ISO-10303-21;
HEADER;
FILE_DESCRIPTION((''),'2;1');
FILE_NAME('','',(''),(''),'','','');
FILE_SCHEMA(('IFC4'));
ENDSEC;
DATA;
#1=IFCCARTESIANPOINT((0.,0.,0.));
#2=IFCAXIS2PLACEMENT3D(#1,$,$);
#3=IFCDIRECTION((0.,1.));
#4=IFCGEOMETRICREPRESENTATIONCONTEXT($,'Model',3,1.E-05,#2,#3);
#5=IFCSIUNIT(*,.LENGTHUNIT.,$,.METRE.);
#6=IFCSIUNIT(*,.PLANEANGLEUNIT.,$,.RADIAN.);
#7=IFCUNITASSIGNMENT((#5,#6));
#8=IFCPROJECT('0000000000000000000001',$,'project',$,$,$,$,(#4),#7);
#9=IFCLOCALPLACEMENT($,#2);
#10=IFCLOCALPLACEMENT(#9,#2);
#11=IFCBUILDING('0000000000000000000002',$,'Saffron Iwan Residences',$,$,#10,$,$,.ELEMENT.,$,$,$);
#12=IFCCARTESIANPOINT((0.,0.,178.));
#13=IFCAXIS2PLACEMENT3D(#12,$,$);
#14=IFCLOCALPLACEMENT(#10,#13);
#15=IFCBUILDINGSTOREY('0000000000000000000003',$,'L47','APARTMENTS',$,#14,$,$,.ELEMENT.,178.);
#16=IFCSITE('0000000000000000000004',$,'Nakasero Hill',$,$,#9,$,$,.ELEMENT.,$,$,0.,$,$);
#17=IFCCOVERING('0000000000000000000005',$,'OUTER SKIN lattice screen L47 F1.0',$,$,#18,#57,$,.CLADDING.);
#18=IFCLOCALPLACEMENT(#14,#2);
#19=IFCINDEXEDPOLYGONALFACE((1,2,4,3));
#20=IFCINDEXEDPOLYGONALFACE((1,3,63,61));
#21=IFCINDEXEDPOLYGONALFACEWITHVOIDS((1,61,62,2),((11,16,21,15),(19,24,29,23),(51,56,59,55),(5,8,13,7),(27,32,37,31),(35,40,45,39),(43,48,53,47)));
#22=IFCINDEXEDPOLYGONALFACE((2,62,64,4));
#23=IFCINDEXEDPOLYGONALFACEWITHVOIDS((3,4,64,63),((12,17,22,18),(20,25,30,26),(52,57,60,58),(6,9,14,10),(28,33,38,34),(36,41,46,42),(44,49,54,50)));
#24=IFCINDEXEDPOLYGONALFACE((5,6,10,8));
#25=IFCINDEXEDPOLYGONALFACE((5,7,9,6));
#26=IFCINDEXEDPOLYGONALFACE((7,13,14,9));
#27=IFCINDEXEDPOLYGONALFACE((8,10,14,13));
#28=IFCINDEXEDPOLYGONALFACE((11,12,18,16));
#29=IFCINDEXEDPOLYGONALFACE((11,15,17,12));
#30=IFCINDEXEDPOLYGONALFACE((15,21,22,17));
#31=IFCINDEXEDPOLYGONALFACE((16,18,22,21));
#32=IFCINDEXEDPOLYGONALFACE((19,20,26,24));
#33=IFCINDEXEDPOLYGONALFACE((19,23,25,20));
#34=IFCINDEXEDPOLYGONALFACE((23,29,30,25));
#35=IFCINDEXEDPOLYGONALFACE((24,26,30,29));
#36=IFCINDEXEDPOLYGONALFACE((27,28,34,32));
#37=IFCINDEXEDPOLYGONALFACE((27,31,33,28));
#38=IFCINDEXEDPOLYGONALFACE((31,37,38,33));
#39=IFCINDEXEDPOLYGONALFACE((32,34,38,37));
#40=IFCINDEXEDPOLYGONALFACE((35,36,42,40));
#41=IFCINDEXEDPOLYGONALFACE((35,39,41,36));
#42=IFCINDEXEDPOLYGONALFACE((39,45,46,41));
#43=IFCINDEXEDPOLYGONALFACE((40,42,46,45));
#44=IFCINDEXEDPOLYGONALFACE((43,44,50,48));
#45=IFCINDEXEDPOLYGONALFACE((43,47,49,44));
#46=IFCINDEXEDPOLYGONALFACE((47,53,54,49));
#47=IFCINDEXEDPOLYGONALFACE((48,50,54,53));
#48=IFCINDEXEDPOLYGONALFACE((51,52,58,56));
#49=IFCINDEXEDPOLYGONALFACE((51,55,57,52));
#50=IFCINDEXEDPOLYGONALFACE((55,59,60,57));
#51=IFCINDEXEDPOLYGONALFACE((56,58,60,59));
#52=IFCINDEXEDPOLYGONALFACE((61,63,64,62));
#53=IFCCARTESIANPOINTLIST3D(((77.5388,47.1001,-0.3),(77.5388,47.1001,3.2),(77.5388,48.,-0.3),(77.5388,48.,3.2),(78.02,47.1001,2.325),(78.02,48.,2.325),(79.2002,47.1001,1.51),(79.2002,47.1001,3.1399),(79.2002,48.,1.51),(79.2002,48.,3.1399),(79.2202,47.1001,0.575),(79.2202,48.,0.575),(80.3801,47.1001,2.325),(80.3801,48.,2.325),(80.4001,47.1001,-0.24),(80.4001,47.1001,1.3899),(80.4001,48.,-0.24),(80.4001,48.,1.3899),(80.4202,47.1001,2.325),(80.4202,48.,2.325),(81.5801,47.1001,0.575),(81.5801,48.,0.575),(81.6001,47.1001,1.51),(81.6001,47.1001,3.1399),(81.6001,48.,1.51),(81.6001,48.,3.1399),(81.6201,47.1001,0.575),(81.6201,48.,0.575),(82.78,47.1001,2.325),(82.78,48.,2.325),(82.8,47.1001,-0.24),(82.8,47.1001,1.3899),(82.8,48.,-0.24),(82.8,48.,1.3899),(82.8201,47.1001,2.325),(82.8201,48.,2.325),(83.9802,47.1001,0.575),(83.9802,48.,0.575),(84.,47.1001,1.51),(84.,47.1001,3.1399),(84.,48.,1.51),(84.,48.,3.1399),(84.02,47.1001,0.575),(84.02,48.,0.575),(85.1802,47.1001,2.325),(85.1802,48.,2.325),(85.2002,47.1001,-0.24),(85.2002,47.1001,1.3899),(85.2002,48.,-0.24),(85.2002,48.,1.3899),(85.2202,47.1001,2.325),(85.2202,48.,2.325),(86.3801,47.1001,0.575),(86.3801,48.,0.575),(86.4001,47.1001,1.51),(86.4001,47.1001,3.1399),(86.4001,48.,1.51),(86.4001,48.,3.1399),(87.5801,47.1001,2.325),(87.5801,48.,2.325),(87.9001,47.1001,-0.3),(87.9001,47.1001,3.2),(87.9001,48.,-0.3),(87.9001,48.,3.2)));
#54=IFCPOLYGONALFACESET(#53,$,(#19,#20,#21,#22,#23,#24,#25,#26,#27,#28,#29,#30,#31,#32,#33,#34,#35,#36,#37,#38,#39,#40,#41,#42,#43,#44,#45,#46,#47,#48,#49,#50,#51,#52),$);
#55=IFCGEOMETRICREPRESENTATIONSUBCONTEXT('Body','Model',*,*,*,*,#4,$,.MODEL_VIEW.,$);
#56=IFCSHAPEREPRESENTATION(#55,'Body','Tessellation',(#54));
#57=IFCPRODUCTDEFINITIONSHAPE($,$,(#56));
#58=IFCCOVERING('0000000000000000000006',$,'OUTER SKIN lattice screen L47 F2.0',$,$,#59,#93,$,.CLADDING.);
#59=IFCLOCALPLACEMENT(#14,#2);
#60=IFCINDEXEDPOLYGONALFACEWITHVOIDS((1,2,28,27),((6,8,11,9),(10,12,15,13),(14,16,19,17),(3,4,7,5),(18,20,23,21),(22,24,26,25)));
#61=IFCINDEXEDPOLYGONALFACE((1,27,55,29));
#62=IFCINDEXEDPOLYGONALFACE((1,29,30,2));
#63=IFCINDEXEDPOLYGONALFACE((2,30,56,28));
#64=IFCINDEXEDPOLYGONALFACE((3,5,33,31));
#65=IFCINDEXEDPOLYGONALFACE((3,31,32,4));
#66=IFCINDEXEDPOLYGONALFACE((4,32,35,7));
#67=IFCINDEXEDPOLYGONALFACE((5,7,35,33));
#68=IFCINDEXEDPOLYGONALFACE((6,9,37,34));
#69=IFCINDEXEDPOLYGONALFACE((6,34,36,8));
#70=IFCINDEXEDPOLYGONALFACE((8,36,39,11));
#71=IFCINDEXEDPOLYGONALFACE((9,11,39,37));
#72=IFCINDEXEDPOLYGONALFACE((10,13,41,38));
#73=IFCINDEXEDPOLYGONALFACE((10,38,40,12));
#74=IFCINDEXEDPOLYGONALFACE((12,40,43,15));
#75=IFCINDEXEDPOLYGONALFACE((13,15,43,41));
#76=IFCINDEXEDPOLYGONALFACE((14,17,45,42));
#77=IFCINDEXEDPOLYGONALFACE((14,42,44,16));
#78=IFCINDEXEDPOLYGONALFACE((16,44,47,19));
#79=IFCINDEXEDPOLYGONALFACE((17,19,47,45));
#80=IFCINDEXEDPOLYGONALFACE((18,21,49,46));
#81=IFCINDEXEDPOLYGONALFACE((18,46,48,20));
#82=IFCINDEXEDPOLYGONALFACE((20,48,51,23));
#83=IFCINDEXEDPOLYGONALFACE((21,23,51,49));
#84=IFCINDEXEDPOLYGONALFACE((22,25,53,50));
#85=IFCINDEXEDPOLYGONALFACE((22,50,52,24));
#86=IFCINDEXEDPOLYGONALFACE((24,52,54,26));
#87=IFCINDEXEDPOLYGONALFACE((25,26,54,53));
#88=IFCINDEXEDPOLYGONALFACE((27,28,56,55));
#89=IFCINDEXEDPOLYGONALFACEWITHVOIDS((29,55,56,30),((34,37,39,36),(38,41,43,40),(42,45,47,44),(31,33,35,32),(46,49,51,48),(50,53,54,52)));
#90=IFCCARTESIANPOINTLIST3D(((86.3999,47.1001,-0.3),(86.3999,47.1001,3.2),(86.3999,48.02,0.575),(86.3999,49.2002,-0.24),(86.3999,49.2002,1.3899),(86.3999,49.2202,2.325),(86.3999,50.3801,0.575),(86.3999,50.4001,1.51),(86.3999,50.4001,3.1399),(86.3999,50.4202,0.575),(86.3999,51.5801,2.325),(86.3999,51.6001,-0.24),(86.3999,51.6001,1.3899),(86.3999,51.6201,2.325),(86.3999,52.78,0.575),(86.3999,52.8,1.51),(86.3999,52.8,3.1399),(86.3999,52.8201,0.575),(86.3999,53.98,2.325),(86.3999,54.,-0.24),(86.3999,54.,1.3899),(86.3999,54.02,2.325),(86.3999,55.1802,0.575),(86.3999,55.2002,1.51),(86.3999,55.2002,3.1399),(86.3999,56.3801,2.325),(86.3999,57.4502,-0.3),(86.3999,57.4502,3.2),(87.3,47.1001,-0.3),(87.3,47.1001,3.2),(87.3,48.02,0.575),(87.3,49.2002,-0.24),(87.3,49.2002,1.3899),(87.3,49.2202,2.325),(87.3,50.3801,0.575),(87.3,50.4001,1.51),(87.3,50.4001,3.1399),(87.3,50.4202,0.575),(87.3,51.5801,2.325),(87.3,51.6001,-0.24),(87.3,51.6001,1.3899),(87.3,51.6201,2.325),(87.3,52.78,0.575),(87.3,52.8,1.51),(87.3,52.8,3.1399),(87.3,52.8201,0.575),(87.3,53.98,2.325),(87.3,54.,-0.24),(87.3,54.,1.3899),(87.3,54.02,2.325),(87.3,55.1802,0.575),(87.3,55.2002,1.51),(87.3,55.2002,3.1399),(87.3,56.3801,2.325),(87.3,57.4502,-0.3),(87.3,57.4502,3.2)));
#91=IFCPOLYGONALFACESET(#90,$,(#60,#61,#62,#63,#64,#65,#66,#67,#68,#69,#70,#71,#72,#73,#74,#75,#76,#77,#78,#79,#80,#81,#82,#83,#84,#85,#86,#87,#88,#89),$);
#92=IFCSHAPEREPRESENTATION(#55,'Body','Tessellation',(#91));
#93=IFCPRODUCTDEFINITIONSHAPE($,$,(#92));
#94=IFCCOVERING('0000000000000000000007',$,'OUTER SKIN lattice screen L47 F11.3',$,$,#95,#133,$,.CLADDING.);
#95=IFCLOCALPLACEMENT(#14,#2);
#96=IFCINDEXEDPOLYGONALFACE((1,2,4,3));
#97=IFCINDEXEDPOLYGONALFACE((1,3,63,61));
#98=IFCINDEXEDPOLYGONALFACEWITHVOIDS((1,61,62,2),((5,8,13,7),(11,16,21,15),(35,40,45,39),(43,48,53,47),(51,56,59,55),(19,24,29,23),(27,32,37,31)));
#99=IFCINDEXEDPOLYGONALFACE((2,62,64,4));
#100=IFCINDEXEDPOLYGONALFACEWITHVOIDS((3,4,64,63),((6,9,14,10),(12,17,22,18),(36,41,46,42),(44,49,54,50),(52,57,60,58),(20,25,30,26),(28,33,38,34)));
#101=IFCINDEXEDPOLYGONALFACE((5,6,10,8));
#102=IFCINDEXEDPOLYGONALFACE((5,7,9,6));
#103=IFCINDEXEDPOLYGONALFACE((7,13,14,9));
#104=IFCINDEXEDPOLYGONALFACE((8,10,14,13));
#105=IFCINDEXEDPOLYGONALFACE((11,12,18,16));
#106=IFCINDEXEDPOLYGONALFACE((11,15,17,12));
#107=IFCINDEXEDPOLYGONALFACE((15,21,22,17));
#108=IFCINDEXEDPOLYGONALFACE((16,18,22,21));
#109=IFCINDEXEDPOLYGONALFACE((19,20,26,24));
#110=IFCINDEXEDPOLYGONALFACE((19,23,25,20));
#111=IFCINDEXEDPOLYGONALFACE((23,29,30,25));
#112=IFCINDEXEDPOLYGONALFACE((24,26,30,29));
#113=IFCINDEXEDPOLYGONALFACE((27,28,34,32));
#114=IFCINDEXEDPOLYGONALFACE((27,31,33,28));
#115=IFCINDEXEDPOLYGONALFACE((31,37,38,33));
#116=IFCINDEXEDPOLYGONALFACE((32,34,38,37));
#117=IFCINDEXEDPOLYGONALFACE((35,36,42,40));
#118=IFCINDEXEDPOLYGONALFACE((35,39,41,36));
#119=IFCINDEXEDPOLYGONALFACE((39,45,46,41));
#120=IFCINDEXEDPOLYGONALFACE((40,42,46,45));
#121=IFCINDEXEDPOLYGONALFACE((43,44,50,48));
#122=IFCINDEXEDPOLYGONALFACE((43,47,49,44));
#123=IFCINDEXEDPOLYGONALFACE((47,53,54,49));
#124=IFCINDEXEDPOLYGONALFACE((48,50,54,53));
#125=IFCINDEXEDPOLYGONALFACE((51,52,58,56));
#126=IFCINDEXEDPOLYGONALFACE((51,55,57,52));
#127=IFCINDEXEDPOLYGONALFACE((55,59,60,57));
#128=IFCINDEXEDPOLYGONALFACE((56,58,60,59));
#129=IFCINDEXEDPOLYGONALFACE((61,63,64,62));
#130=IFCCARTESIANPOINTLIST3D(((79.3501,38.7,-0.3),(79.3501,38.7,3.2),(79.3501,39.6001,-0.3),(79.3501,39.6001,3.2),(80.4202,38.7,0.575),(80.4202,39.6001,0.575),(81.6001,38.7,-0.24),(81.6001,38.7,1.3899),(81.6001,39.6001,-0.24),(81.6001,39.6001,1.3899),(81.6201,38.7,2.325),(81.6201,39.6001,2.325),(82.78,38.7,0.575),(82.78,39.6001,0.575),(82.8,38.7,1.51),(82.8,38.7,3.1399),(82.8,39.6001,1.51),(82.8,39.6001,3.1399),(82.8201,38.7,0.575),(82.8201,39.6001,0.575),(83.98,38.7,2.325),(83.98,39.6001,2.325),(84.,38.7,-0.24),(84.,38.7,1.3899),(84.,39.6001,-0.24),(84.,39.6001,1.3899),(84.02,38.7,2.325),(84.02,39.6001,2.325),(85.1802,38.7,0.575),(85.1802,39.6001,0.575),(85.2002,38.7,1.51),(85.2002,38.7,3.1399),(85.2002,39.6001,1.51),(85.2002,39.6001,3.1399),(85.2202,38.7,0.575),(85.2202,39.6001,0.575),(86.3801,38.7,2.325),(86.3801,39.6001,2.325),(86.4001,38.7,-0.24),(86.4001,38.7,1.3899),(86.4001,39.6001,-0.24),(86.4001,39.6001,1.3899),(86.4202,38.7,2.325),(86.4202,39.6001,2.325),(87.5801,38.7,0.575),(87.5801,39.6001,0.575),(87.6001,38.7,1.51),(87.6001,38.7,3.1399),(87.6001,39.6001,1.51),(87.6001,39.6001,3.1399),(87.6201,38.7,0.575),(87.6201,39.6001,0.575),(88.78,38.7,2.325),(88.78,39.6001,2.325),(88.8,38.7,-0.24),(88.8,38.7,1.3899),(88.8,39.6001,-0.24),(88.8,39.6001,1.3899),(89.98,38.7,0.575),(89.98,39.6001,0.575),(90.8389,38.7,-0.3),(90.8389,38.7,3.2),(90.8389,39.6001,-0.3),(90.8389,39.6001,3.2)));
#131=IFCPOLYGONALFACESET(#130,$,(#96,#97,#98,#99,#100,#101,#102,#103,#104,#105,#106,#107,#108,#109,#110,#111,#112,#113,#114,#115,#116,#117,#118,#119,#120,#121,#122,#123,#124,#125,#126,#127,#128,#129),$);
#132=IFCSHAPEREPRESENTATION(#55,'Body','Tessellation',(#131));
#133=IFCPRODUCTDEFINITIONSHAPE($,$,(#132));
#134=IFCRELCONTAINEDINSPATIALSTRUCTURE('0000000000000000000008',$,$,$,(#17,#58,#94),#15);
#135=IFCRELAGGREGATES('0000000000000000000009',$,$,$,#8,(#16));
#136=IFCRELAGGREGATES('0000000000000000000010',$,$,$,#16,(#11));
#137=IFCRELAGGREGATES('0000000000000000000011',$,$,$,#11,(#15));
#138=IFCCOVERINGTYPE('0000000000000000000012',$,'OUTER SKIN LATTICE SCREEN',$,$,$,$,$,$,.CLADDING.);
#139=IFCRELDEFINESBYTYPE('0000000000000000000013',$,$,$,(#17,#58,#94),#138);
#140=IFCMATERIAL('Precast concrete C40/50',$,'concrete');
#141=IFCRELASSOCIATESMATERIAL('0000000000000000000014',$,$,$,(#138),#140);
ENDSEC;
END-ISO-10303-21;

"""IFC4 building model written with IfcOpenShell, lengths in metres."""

from ifc_helpers import new_model, si_unit, direction, frame, origin, place, context, subcontext, project, spatial, polyline, outline, extrude, material, type_object, element, save


model = new_model("IFC4")

# Units and contexts
model_context = context("Model", 3, precision=1e-05, world=origin(), true_north=direction((0.0, 1.0)))
body_context = subcontext(model_context, "Body", "Model", "MODEL_VIEW")
ifc_project = project(units=[si_unit("LENGTHUNIT", "METRE"), si_unit("PLANEANGLEUNIT", "RADIAN")], contexts=[model_context])

# Site, building, storey
site_placement = place(None, origin())
site = spatial("IfcSite", under=ifc_project, at=site_placement, Name="Nakasero Hill", CompositionType="ELEMENT", RefElevation=0.0)
building_placement = place(site_placement, origin())
building = spatial("IfcBuilding", under=site, at=building_placement, Name="Saffron Iwan Residences", CompositionType="ELEMENT")
storey_placement = place(building_placement, frame((0.0, 0.0, 178.0)))
storey = spatial("IfcBuildingStorey", under=building, at=storey_placement, Name="L47", Description="APARTMENTS", CompositionType="ELEMENT", Elevation=178.0)

# Coverings
ifc_material_1 = material(Name="Precast concrete C40/50", Category="concrete")
covering_type = type_object("IfcCoveringType", Name="OUTER SKIN LATTICE SCREEN", PredefinedType="CLADDING", material=ifc_material_1)
covering_1_placement = place(storey_placement, frame((77.5388, 48.0, -0.3), z_axis=(0.0, -1.0, 0.0), x_axis=(1.0, 0.0, 0.0)))
element("IfcCovering", 1, at=covering_1_placement, inside=storey, type_object=covering_type, Name="OUTER SKIN lattice screen L47 F1.0", PredefinedType="CLADDING", context=body_context, shape_type="SweptSolid", body=[
    extrude(outline(polyline([(0.0, 0.0), (10.3613, 0.0), (10.3613, 3.5), (0.0, 3.5), (0.0, 0.0)]), holes=[polyline([(1.6814, 0.875), (2.8613, 0.0601), (4.0413, 0.875), (2.8613, 1.6899), (1.6814, 0.875)]), polyline([(4.0813, 0.875), (5.2612, 0.0601), (6.4414, 0.875), (5.2612, 1.6899), (4.0813, 0.875)]), polyline([(6.4812, 0.875), (7.6614, 0.0601), (8.8413, 0.875), (7.6614, 1.6899), (6.4812, 0.875)]), polyline([(0.4812, 2.625), (1.6614, 1.8101), (2.8413, 2.625), (1.6614, 3.4399), (0.4812, 2.625)]), polyline([(2.8813, 2.625), (4.0613, 1.8101), (5.2412, 2.625), (4.0613, 3.4399), (2.8813, 2.625)]), polyline([(5.2812, 2.625), (6.4612, 1.8101), (7.6414, 2.625), (6.4612, 3.4399), (5.2812, 2.625)]), polyline([(7.6814, 2.625), (8.8613, 1.8101), (10.0413, 2.625), (8.8613, 3.4399), (7.6814, 2.625)])]), origin(), (0.0, 0.0, 1.0), 0.8999),
])
covering_2_placement = place(storey_placement, frame((86.3999, 47.1001, -0.3), z_axis=(1.0, 0.0, 0.0), x_axis=(0.0, 1.0, 0.0)))
element("IfcCovering", 2, at=covering_2_placement, inside=storey, type_object=covering_type, Name="OUTER SKIN lattice screen L47 F2.0", PredefinedType="CLADDING", context=body_context, shape_type="SweptSolid", body=[
    extrude(outline(polyline([(0.0, 0.0), (10.3501, 0.0), (10.3501, 3.5), (0.0, 3.5), (0.0, 0.0)]), holes=[polyline([(0.9199, 0.875), (2.1001, 0.0601), (3.28, 0.875), (2.1001, 1.6899), (0.9199, 0.875)]), polyline([(3.3201, 0.875), (4.5, 0.0601), (5.6799, 0.875), (4.5, 1.6899), (3.3201, 0.875)]), polyline([(5.72, 0.875), (6.8999, 0.0601), (8.0801, 0.875), (6.8999, 1.6899), (5.72, 0.875)]), polyline([(2.1201, 2.625), (3.3, 1.8101), (4.48, 2.625), (3.3, 3.4399), (2.1201, 2.625)]), polyline([(4.52, 2.625), (5.7, 1.8101), (6.8799, 2.625), (5.7, 3.4399), (4.52, 2.625)]), polyline([(6.9199, 2.625), (8.1001, 1.8101), (9.28, 2.625), (8.1001, 3.4399), (6.9199, 2.625)])]), origin(), (0.0, 0.0, 1.0), 0.9001),
])
covering_3_placement = place(storey_placement, frame((79.3501, 39.6001, -0.3), z_axis=(0.0, -1.0, 0.0), x_axis=(1.0, 0.0, 0.0)))
element("IfcCovering", 3, at=covering_3_placement, inside=storey, type_object=covering_type, Name="OUTER SKIN lattice screen L47 F11.3", PredefinedType="CLADDING", context=body_context, shape_type="SweptSolid", body=[
    extrude(outline(polyline([(0.0, 0.0), (11.4888, 0.0), (11.4888, 3.5), (0.0, 3.5), (0.0, 0.0)]), holes=[polyline([(1.0701, 0.875), (2.25, 0.0601), (3.4299, 0.875), (2.25, 1.6899), (1.0701, 0.875)]), polyline([(3.47, 0.875), (4.6499, 0.0601), (5.8301, 0.875), (4.6499, 1.6899), (3.47, 0.875)]), polyline([(5.8701, 0.875), (7.05, 0.0601), (8.23, 0.875), (7.05, 1.6899), (5.8701, 0.875)]), polyline([(8.27, 0.875), (9.45, 0.0601), (10.6299, 0.875), (9.45, 1.6899), (8.27, 0.875)]), polyline([(2.27, 2.625), (3.45, 1.8101), (4.6299, 2.625), (3.45, 3.4399), (2.27, 2.625)]), polyline([(4.6699, 2.625), (5.8501, 1.8101), (7.03, 2.625), (5.8501, 3.4399), (4.6699, 2.625)]), polyline([(7.0701, 2.625), (8.25, 1.8101), (9.4299, 2.625), (8.25, 3.4399), (7.0701, 2.625)])]), origin(), (0.0, 0.0, 1.0), 0.9001),
])

save(model, "model.ifc")
